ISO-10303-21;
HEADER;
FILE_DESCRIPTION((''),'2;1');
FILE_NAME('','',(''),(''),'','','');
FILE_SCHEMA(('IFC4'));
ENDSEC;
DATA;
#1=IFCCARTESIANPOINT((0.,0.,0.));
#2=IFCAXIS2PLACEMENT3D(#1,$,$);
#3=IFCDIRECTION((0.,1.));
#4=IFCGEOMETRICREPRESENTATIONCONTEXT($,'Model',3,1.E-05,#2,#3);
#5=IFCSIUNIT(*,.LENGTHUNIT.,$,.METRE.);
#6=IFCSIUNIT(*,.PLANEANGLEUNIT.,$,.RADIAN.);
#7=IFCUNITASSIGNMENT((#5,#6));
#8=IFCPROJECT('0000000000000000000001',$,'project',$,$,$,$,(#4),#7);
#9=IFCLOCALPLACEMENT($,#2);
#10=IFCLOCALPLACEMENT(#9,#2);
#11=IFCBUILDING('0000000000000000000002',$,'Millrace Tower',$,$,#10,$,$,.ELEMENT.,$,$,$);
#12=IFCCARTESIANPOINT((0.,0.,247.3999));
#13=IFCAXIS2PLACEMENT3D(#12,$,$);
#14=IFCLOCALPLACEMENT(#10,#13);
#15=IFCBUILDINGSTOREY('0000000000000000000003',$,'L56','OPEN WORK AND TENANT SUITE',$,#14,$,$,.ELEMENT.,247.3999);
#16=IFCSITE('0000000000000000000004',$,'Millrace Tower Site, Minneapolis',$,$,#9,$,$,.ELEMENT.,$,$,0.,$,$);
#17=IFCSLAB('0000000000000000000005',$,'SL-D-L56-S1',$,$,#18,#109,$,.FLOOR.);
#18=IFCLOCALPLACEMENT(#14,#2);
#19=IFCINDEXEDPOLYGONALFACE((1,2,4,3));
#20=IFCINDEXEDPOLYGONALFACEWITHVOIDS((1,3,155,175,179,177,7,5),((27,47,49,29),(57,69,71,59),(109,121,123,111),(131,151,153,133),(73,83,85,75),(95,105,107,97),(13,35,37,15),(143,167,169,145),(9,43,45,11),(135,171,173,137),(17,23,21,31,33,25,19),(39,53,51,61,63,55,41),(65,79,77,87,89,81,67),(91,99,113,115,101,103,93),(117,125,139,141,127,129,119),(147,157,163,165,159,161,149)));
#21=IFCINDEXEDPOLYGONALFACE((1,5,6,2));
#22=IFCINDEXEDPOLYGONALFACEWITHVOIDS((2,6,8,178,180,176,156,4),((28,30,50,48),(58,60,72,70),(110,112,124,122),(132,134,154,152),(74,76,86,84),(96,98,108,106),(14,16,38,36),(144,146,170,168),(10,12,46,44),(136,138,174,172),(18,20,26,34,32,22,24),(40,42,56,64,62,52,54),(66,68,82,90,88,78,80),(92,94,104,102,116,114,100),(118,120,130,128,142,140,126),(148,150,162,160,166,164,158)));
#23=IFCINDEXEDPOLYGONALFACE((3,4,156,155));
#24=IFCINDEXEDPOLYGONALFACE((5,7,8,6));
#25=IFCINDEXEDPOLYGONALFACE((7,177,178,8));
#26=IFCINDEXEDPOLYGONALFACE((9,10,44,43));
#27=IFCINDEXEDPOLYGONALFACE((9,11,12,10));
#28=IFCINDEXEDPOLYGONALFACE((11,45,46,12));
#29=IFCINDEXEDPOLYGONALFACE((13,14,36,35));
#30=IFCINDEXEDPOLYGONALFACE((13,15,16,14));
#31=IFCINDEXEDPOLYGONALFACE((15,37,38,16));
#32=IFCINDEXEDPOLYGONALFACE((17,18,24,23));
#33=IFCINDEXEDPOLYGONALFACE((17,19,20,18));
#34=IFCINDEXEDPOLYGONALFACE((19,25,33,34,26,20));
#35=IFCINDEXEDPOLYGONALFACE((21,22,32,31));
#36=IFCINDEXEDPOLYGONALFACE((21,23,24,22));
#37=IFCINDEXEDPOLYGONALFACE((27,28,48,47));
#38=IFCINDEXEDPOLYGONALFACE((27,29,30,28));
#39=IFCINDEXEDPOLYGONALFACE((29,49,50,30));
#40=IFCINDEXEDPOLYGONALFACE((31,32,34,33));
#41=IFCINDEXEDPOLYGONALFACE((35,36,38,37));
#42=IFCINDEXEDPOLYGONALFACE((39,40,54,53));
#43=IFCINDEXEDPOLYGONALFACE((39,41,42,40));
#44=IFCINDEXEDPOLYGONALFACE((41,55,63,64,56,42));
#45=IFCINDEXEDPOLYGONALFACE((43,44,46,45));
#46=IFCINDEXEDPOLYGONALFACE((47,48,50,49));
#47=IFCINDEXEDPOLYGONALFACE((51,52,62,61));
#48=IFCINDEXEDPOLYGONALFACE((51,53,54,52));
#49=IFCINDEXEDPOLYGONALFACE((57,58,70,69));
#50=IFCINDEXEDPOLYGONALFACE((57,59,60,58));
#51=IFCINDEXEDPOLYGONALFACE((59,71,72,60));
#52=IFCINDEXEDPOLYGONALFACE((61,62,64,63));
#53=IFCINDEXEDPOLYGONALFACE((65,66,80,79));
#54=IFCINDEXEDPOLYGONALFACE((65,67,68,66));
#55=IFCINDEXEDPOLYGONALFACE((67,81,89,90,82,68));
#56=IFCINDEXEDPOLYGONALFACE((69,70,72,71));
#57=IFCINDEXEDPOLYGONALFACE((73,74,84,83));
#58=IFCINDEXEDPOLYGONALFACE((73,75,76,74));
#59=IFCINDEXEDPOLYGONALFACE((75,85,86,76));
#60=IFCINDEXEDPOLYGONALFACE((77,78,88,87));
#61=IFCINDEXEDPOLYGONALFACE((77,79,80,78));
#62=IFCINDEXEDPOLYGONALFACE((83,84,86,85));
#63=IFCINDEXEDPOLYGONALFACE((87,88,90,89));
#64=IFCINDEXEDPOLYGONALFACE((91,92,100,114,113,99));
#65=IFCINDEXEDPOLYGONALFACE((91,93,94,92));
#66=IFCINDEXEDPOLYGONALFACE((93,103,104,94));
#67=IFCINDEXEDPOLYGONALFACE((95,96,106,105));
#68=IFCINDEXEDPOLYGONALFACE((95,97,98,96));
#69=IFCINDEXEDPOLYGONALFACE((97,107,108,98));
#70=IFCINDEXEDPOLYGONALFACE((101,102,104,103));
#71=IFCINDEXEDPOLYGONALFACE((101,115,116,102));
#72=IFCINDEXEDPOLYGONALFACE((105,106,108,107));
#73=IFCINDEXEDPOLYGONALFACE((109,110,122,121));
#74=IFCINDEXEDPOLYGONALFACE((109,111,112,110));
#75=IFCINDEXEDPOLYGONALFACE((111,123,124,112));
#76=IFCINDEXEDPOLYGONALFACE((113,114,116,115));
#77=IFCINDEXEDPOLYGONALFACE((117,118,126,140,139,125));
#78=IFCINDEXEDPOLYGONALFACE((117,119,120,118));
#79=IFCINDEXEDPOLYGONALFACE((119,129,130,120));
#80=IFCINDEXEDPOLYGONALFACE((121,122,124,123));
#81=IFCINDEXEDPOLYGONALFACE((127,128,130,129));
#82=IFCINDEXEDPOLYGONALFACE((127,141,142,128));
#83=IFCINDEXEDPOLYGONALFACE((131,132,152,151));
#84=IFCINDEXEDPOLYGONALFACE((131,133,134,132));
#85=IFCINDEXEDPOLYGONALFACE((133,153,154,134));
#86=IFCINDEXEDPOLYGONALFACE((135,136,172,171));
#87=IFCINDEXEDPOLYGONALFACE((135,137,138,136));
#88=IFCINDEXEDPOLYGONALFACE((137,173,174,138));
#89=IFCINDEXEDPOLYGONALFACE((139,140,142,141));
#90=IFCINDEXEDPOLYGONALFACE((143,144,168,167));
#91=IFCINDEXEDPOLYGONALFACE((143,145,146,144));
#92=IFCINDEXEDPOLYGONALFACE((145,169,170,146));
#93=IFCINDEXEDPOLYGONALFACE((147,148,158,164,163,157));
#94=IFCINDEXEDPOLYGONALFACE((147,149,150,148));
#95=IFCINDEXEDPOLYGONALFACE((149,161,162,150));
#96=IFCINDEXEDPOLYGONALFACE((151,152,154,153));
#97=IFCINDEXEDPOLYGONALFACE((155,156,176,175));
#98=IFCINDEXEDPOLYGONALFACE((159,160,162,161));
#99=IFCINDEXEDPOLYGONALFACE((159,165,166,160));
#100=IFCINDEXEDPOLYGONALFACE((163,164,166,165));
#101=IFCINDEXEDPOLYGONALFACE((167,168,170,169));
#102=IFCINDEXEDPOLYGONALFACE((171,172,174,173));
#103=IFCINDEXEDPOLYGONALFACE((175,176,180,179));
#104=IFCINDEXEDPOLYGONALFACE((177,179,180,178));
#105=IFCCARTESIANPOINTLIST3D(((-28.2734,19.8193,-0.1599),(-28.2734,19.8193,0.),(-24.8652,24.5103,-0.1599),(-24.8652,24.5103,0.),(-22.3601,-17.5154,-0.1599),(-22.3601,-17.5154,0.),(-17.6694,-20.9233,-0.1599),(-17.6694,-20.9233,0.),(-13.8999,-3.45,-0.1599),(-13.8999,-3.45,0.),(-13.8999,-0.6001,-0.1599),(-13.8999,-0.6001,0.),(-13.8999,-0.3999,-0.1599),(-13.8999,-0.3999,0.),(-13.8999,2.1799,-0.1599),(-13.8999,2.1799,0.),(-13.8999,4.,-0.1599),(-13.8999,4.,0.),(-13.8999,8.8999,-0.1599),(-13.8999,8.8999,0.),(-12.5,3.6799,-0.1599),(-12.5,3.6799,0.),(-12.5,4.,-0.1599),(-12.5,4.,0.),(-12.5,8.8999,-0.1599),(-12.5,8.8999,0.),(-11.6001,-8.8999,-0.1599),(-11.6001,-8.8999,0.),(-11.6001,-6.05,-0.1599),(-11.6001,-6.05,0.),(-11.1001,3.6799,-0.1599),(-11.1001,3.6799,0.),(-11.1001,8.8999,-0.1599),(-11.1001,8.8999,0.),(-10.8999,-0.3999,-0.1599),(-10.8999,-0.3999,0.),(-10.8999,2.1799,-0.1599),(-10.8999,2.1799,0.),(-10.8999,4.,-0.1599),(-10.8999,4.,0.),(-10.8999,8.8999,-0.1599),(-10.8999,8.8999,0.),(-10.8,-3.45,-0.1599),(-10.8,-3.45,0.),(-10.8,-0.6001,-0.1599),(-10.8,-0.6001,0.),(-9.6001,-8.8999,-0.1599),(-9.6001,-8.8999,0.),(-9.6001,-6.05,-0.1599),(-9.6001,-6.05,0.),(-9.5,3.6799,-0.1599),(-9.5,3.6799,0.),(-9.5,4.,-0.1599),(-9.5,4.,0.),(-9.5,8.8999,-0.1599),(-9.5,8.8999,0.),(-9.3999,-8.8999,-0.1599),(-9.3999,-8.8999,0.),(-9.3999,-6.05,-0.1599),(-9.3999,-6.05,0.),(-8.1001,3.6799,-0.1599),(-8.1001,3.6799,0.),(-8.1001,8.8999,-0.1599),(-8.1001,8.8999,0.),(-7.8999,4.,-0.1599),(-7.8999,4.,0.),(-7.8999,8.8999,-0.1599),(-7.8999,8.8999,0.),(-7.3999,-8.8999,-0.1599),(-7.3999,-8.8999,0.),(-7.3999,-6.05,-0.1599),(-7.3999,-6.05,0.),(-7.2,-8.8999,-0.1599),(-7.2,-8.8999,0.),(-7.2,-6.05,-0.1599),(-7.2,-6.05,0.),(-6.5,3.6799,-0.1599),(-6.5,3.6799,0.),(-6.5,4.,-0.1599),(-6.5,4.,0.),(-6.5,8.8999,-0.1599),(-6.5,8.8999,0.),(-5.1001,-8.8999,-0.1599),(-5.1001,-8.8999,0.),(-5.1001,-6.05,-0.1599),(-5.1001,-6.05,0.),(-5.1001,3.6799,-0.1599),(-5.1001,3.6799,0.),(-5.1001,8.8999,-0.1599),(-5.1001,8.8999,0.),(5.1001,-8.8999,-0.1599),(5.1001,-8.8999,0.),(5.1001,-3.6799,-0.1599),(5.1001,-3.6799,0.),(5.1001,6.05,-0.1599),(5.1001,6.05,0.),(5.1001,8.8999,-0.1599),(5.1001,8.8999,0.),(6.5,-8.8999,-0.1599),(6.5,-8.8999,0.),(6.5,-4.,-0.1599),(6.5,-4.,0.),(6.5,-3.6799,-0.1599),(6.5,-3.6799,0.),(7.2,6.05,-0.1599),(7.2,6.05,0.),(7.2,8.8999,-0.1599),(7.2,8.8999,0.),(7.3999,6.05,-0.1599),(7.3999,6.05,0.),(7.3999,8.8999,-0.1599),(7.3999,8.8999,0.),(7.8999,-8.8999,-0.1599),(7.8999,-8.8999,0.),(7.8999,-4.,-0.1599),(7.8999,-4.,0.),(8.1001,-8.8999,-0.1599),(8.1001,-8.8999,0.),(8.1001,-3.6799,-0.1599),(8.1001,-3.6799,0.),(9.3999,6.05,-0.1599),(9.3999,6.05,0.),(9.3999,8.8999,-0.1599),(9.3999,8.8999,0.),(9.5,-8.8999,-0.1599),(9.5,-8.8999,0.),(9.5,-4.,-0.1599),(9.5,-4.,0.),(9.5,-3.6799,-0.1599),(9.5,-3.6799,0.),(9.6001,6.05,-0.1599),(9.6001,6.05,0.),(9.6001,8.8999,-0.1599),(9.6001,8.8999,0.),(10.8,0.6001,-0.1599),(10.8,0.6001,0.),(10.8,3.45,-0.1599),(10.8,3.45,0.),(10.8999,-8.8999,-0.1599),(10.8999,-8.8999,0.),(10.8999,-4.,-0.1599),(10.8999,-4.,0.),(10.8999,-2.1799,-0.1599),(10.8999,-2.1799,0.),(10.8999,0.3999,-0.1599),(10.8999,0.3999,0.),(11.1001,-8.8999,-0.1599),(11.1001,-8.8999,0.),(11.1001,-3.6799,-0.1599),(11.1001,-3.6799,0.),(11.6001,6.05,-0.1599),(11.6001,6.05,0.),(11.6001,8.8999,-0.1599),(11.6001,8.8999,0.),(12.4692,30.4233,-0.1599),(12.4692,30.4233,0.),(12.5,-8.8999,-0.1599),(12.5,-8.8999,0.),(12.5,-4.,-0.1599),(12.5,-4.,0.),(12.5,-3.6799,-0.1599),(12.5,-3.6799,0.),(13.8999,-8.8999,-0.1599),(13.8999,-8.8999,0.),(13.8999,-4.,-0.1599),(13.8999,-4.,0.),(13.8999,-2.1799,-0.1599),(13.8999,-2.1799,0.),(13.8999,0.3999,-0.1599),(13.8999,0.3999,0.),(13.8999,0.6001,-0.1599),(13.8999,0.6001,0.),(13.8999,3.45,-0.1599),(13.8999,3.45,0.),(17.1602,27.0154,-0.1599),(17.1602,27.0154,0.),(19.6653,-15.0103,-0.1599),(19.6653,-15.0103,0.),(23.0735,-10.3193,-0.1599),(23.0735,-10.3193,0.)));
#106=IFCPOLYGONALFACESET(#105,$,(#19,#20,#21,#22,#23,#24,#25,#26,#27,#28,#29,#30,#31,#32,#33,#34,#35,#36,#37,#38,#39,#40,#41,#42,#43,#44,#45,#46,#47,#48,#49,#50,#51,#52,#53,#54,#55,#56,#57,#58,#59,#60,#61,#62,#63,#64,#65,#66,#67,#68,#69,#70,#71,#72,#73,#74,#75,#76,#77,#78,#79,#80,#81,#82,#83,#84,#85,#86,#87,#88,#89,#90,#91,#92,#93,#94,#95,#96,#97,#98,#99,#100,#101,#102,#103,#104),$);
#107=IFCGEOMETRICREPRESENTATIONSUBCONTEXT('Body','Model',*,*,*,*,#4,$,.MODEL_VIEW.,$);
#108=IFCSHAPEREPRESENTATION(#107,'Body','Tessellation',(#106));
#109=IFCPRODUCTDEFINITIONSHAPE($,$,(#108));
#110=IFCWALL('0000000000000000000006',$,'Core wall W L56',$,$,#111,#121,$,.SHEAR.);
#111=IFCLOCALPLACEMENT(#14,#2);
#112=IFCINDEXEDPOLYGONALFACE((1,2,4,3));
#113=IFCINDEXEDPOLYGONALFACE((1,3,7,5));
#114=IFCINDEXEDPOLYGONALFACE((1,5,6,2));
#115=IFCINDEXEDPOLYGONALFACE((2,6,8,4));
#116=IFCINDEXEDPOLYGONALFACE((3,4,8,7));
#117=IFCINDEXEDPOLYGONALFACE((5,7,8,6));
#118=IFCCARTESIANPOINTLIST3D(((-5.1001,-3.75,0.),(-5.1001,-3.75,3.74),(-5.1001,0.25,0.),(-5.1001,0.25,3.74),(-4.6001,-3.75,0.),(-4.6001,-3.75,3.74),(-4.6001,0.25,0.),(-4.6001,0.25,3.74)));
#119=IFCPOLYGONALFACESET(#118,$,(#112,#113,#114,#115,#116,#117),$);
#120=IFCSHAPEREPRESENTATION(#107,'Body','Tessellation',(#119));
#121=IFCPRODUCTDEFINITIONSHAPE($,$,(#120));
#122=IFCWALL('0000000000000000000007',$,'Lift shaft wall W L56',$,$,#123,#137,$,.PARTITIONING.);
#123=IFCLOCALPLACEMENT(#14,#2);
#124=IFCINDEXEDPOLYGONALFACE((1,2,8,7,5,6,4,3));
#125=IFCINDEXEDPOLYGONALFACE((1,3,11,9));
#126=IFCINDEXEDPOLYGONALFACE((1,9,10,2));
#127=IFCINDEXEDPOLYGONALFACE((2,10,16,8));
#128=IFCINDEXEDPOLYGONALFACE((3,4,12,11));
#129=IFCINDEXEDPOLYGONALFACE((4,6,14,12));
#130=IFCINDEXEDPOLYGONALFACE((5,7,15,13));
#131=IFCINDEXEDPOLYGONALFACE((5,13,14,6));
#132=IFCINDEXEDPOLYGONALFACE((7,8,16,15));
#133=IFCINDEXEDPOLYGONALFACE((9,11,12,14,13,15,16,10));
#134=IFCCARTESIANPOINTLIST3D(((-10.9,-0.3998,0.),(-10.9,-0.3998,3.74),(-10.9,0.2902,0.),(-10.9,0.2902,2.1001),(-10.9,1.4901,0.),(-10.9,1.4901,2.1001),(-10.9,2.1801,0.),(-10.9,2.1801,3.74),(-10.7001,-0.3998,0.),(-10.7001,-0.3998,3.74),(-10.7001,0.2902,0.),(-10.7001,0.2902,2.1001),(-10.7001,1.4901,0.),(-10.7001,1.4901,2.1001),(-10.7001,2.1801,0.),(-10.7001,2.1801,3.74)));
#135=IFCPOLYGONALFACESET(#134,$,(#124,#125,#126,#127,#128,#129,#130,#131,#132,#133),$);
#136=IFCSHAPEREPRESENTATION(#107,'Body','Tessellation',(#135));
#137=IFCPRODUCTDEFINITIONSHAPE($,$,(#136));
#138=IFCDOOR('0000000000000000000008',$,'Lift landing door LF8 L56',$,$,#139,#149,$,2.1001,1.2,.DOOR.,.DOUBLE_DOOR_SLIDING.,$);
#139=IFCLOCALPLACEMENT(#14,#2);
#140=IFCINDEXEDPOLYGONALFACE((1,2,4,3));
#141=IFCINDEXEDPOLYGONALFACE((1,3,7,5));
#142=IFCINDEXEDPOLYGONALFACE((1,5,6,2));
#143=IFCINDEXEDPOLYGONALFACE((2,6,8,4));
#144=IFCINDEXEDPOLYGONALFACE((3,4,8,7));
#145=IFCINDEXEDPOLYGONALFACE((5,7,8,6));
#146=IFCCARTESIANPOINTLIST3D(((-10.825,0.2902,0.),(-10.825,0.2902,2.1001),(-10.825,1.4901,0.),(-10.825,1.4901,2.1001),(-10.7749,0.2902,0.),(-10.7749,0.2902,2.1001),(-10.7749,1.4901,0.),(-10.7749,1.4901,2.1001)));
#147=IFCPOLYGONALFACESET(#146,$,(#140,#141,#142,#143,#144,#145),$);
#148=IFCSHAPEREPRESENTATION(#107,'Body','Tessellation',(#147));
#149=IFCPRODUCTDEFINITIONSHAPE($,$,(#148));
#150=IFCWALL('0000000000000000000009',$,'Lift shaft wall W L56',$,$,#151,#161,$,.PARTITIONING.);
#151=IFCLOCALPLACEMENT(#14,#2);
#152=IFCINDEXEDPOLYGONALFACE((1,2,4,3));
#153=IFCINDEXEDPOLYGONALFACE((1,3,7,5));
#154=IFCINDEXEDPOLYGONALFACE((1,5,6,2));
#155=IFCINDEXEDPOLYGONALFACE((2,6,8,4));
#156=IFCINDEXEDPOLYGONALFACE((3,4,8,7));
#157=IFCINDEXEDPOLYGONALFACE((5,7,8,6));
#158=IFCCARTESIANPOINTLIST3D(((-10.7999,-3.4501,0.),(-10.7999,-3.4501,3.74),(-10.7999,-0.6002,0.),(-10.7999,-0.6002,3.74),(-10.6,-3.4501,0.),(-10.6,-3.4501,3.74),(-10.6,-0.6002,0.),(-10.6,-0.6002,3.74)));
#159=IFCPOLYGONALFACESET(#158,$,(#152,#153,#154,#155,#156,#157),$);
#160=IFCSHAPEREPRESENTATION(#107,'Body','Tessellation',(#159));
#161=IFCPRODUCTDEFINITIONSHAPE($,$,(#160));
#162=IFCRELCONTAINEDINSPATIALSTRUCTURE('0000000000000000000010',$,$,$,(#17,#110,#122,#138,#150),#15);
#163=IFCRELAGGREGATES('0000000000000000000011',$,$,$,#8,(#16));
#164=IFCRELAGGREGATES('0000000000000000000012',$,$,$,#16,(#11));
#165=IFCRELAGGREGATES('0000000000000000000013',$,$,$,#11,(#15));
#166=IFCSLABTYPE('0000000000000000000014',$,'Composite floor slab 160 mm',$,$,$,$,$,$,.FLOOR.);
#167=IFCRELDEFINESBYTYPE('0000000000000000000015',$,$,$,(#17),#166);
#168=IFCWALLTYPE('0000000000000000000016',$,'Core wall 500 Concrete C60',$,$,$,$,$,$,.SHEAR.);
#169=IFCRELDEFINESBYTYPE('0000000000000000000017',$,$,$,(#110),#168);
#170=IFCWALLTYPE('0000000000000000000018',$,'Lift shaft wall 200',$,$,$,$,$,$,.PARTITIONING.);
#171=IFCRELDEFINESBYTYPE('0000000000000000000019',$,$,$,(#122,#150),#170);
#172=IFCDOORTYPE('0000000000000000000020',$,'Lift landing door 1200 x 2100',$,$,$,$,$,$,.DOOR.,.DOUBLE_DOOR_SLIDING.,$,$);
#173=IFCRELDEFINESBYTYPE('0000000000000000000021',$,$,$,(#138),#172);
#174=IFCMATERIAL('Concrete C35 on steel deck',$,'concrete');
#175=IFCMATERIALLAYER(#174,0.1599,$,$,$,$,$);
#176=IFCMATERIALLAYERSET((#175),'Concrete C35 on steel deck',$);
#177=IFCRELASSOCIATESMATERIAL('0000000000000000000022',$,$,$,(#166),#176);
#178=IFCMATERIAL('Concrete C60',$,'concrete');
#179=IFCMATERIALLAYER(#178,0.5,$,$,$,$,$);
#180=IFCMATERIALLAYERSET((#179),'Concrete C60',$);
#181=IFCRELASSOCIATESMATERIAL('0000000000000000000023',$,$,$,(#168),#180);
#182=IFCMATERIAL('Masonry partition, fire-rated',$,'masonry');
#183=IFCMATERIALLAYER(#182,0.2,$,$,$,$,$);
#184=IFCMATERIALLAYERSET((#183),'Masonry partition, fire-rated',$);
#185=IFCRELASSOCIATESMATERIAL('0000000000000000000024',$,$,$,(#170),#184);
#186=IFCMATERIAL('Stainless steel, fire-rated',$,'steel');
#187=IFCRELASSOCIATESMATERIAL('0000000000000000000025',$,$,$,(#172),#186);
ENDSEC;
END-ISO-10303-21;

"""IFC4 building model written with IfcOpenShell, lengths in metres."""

from ifc_helpers import new_model, si_unit, direction, frame, frame_2d, origin, place, context, subcontext, project, spatial, polyline, rectangle, outline, extrude, material, layer, layer_set, type_object, element, fill, save


model = new_model("IFC4")

# Units and contexts
model_context = context("Model", 3, precision=1e-05, world=origin(), true_north=direction((0.0, 1.0)))
body_context = subcontext(model_context, "Body", "Model", "MODEL_VIEW")
ifc_project = project(units=[si_unit("LENGTHUNIT", "METRE"), si_unit("PLANEANGLEUNIT", "RADIAN")], contexts=[model_context])

# Site, building, storey
site_placement = place(None, origin())
site = spatial("IfcSite", under=ifc_project, at=site_placement, Name="Millrace Tower Site, Minneapolis", CompositionType="ELEMENT", RefElevation=0.0)
building_placement = place(site_placement, origin())
building = spatial("IfcBuilding", under=site, at=building_placement, Name="Millrace Tower", CompositionType="ELEMENT")
storey_placement = place(building_placement, frame((0.0, 0.0, 247.3999)))
storey = spatial("IfcBuildingStorey", under=building, at=storey_placement, Name="L56", Description="OPEN WORK AND TENANT SUITE", CompositionType="ELEMENT", Elevation=247.3999)

# Slab
ifc_material_1 = material(Name="Concrete C35 on steel deck", Category="concrete")
ifc_layer_1 = layer(ifc_material_1, 0.1599)
ifc_layer_set_1 = layer_set([ifc_layer_1], Name="Concrete C35 on steel deck")
slab_type = type_object("IfcSlabType", Name="Composite floor slab 160 mm", PredefinedType="FLOOR", material=ifc_layer_set_1)
slab_placement = place(storey_placement, frame((0.0, 0.0, -0.1599)))
element("IfcSlab", 1, at=slab_placement, inside=storey, type_object=slab_type, Name="SL-D-L56-S1", PredefinedType="FLOOR", context=body_context, shape_type="SweptSolid", body=[
    extrude(outline(polyline([(-22.3601, -17.5154), (-17.6694, -20.9233), (19.6653, -15.0103), (23.0735, -10.3193), (17.1602, 27.0154), (12.4692, 30.4233), (-24.8652, 24.5103), (-28.2734, 19.8193), (-22.3601, -17.5154)]), holes=[polyline([(-11.6001, -8.8999), (-9.6001, -8.8999), (-9.6001, -6.05), (-11.6001, -6.05), (-11.6001, -8.8999)]), polyline([(-9.3999, -8.8999), (-7.3999, -8.8999), (-7.3999, -6.05), (-9.3999, -6.05), (-9.3999, -8.8999)]), polyline([(-7.2, -8.8999), (-5.1001, -8.8999), (-5.1001, -6.05), (-7.2, -6.05), (-7.2, -8.8999)]), polyline([(-13.8999, -3.45), (-10.8, -3.45), (-10.8, -0.6001), (-13.8999, -0.6001), (-13.8999, -3.45)]), polyline([(-13.8999, -0.3999), (-10.8999, -0.3999), (-10.8999, 2.1799), (-13.8999, 2.1799), (-13.8999, -0.3999)]), polyline([(-11.1001, 8.8999), (-12.5, 8.8999), (-13.8999, 8.8999), (-13.8999, 4.0), (-12.5, 4.0), (-12.5, 3.6799), (-11.1001, 3.6799), (-11.1001, 8.8999)]), polyline([(-8.1001, 8.8999), (-9.5, 8.8999), (-10.8999, 8.8999), (-10.8999, 4.0), (-9.5, 4.0), (-9.5, 3.6799), (-8.1001, 3.6799), (-8.1001, 8.8999)]), polyline([(-5.1001, 8.8999), (-6.5, 8.8999), (-7.8999, 8.8999), (-7.8999, 4.0), (-6.5, 4.0), (-6.5, 3.6799), (-5.1001, 3.6799), (-5.1001, 8.8999)]), polyline([(9.6001, 6.05), (11.6001, 6.05), (11.6001, 8.8999), (9.6001, 8.8999), (9.6001, 6.05)]), polyline([(7.3999, 6.05), (9.3999, 6.05), (9.3999, 8.8999), (7.3999, 8.8999), (7.3999, 6.05)]), polyline([(5.1001, 6.05), (7.2, 6.05), (7.2, 8.8999), (5.1001, 8.8999), (5.1001, 6.05)]), polyline([(10.8, 0.6001), (13.8999, 0.6001), (13.8999, 3.45), (10.8, 3.45), (10.8, 0.6001)]), polyline([(10.8999, -2.1799), (13.8999, -2.1799), (13.8999, 0.3999), (10.8999, 0.3999), (10.8999, -2.1799)]), polyline([(13.8999, -4.0), (12.5, -4.0), (12.5, -3.6799), (11.1001, -3.6799), (11.1001, -8.8999), (12.5, -8.8999), (13.8999, -8.8999), (13.8999, -4.0)]), polyline([(10.8999, -4.0), (9.5, -4.0), (9.5, -3.6799), (8.1001, -3.6799), (8.1001, -8.8999), (9.5, -8.8999), (10.8999, -8.8999), (10.8999, -4.0)]), polyline([(7.8999, -4.0), (6.5, -4.0), (6.5, -3.6799), (5.1001, -3.6799), (5.1001, -8.8999), (6.5, -8.8999), (7.8999, -8.8999), (7.8999, -4.0)])]), origin(), (0.0, 0.0, 1.0), 0.1599),
])

# Wall
ifc_material_2 = material(Name="Concrete C60", Category="concrete")
ifc_layer_2 = layer(ifc_material_2, 0.5)
ifc_layer_set_2 = layer_set([ifc_layer_2], Name="Concrete C60")
wall_type_1 = type_object("IfcWallType", Name="Core wall 500 Concrete C60", PredefinedType="SHEAR", material=ifc_layer_set_2)
wall_1_placement = place(storey_placement, frame((-4.8501, -3.75, 0.0), z_axis=(0.0, 0.0, 1.0), x_axis=(0.0, 1.0, 0.0)))
element("IfcWall", 2, at=wall_1_placement, inside=storey, type_object=wall_type_1, Name="Core wall W L56", PredefinedType="SHEAR", context=body_context, shape_type="SweptSolid", body=[
    extrude(rectangle(XDim=4.0, YDim=0.5, at=frame_2d((2.0, 0.0))), origin(), (0.0, 0.0, 1.0), 3.74),
])

# Wall, opening, door
ifc_material_3 = material(Name="Masonry partition, fire-rated", Category="masonry")
ifc_layer_3 = layer(ifc_material_3, 0.2)
ifc_layer_set_3 = layer_set([ifc_layer_3], Name="Masonry partition, fire-rated")
wall_type_2 = type_object("IfcWallType", Name="Lift shaft wall 200", PredefinedType="PARTITIONING", material=ifc_layer_set_3)
wall_2_placement = place(storey_placement, frame((-10.8, -0.3999, 0.0), z_axis=(0.0, 0.0, 1.0), x_axis=(0.0, 1.0, 0.0)))
wall_2 = element("IfcWall", 3, at=wall_2_placement, inside=storey, type_object=wall_type_2, Name="Lift shaft wall W L56", PredefinedType="PARTITIONING", context=body_context, shape_type="SweptSolid", body=[
    extrude(rectangle(XDim=2.5798, YDim=0.2, at=frame_2d((1.29, 0.0))), origin(), (0.0, 0.0, 1.0), 3.74),
])
opening_1_placement = place(wall_2_placement, frame((0.6899, 0.0, 0.0)))
opening_1 = element("IfcOpeningElement", 4, at=opening_1_placement, cuts=wall_2, PredefinedType="OPENING", context=body_context, shape_type="SweptSolid", body=[
    extrude(rectangle(XDim=1.2, YDim=2.1001, at=frame_2d((0.6001, 1.05))), frame((0.0, 0.1099, 0.0), z_axis=(0.0, -1.0, 0.0), x_axis=(1.0, 0.0, 0.0)), (0.0, 0.0, 1.0), 0.22),
])
ifc_material_4 = material(Name="Stainless steel, fire-rated", Category="steel")
door_type_1 = type_object("IfcDoorType", Name="Lift landing door 1200 x 2100", OperationType="DOUBLE_DOOR_SLIDING", PredefinedType="DOOR", material=ifc_material_4)
door_1_placement = place(opening_1_placement, origin())
door_1 = element("IfcDoor", 5, at=door_1_placement, inside=storey, type_object=door_type_1, Name="Lift landing door LF8 L56", OperationType="DOUBLE_DOOR_SLIDING", OverallHeight=2.1001, OverallWidth=1.2, PredefinedType="DOOR", context=body_context, shape_type="SweptSolid", body=[
    extrude(rectangle(XDim=1.2, YDim=2.1001, at=frame_2d((0.6001, 1.05))), frame((0.0, 0.0249, 0.0), z_axis=(0.0, -1.0, 0.0), x_axis=(1.0, 0.0, 0.0)), (0.0, 0.0, 1.0), 0.05),
])
fill(opening_1, door_1)

# Wall
wall_3_placement = place(storey_placement, frame((-10.7, -3.45, 0.0), z_axis=(0.0, 0.0, 1.0), x_axis=(0.0, 1.0, 0.0)))
element("IfcWall", 6, at=wall_3_placement, inside=storey, type_object=wall_type_2, Name="Lift shaft wall W L56", PredefinedType="PARTITIONING", context=body_context, shape_type="SweptSolid", body=[
    extrude(rectangle(XDim=2.8499, YDim=0.2, at=frame_2d((1.4248, 0.0))), origin(), (0.0, 0.0, 1.0), 3.74),
])

save(model, "model.ifc")
